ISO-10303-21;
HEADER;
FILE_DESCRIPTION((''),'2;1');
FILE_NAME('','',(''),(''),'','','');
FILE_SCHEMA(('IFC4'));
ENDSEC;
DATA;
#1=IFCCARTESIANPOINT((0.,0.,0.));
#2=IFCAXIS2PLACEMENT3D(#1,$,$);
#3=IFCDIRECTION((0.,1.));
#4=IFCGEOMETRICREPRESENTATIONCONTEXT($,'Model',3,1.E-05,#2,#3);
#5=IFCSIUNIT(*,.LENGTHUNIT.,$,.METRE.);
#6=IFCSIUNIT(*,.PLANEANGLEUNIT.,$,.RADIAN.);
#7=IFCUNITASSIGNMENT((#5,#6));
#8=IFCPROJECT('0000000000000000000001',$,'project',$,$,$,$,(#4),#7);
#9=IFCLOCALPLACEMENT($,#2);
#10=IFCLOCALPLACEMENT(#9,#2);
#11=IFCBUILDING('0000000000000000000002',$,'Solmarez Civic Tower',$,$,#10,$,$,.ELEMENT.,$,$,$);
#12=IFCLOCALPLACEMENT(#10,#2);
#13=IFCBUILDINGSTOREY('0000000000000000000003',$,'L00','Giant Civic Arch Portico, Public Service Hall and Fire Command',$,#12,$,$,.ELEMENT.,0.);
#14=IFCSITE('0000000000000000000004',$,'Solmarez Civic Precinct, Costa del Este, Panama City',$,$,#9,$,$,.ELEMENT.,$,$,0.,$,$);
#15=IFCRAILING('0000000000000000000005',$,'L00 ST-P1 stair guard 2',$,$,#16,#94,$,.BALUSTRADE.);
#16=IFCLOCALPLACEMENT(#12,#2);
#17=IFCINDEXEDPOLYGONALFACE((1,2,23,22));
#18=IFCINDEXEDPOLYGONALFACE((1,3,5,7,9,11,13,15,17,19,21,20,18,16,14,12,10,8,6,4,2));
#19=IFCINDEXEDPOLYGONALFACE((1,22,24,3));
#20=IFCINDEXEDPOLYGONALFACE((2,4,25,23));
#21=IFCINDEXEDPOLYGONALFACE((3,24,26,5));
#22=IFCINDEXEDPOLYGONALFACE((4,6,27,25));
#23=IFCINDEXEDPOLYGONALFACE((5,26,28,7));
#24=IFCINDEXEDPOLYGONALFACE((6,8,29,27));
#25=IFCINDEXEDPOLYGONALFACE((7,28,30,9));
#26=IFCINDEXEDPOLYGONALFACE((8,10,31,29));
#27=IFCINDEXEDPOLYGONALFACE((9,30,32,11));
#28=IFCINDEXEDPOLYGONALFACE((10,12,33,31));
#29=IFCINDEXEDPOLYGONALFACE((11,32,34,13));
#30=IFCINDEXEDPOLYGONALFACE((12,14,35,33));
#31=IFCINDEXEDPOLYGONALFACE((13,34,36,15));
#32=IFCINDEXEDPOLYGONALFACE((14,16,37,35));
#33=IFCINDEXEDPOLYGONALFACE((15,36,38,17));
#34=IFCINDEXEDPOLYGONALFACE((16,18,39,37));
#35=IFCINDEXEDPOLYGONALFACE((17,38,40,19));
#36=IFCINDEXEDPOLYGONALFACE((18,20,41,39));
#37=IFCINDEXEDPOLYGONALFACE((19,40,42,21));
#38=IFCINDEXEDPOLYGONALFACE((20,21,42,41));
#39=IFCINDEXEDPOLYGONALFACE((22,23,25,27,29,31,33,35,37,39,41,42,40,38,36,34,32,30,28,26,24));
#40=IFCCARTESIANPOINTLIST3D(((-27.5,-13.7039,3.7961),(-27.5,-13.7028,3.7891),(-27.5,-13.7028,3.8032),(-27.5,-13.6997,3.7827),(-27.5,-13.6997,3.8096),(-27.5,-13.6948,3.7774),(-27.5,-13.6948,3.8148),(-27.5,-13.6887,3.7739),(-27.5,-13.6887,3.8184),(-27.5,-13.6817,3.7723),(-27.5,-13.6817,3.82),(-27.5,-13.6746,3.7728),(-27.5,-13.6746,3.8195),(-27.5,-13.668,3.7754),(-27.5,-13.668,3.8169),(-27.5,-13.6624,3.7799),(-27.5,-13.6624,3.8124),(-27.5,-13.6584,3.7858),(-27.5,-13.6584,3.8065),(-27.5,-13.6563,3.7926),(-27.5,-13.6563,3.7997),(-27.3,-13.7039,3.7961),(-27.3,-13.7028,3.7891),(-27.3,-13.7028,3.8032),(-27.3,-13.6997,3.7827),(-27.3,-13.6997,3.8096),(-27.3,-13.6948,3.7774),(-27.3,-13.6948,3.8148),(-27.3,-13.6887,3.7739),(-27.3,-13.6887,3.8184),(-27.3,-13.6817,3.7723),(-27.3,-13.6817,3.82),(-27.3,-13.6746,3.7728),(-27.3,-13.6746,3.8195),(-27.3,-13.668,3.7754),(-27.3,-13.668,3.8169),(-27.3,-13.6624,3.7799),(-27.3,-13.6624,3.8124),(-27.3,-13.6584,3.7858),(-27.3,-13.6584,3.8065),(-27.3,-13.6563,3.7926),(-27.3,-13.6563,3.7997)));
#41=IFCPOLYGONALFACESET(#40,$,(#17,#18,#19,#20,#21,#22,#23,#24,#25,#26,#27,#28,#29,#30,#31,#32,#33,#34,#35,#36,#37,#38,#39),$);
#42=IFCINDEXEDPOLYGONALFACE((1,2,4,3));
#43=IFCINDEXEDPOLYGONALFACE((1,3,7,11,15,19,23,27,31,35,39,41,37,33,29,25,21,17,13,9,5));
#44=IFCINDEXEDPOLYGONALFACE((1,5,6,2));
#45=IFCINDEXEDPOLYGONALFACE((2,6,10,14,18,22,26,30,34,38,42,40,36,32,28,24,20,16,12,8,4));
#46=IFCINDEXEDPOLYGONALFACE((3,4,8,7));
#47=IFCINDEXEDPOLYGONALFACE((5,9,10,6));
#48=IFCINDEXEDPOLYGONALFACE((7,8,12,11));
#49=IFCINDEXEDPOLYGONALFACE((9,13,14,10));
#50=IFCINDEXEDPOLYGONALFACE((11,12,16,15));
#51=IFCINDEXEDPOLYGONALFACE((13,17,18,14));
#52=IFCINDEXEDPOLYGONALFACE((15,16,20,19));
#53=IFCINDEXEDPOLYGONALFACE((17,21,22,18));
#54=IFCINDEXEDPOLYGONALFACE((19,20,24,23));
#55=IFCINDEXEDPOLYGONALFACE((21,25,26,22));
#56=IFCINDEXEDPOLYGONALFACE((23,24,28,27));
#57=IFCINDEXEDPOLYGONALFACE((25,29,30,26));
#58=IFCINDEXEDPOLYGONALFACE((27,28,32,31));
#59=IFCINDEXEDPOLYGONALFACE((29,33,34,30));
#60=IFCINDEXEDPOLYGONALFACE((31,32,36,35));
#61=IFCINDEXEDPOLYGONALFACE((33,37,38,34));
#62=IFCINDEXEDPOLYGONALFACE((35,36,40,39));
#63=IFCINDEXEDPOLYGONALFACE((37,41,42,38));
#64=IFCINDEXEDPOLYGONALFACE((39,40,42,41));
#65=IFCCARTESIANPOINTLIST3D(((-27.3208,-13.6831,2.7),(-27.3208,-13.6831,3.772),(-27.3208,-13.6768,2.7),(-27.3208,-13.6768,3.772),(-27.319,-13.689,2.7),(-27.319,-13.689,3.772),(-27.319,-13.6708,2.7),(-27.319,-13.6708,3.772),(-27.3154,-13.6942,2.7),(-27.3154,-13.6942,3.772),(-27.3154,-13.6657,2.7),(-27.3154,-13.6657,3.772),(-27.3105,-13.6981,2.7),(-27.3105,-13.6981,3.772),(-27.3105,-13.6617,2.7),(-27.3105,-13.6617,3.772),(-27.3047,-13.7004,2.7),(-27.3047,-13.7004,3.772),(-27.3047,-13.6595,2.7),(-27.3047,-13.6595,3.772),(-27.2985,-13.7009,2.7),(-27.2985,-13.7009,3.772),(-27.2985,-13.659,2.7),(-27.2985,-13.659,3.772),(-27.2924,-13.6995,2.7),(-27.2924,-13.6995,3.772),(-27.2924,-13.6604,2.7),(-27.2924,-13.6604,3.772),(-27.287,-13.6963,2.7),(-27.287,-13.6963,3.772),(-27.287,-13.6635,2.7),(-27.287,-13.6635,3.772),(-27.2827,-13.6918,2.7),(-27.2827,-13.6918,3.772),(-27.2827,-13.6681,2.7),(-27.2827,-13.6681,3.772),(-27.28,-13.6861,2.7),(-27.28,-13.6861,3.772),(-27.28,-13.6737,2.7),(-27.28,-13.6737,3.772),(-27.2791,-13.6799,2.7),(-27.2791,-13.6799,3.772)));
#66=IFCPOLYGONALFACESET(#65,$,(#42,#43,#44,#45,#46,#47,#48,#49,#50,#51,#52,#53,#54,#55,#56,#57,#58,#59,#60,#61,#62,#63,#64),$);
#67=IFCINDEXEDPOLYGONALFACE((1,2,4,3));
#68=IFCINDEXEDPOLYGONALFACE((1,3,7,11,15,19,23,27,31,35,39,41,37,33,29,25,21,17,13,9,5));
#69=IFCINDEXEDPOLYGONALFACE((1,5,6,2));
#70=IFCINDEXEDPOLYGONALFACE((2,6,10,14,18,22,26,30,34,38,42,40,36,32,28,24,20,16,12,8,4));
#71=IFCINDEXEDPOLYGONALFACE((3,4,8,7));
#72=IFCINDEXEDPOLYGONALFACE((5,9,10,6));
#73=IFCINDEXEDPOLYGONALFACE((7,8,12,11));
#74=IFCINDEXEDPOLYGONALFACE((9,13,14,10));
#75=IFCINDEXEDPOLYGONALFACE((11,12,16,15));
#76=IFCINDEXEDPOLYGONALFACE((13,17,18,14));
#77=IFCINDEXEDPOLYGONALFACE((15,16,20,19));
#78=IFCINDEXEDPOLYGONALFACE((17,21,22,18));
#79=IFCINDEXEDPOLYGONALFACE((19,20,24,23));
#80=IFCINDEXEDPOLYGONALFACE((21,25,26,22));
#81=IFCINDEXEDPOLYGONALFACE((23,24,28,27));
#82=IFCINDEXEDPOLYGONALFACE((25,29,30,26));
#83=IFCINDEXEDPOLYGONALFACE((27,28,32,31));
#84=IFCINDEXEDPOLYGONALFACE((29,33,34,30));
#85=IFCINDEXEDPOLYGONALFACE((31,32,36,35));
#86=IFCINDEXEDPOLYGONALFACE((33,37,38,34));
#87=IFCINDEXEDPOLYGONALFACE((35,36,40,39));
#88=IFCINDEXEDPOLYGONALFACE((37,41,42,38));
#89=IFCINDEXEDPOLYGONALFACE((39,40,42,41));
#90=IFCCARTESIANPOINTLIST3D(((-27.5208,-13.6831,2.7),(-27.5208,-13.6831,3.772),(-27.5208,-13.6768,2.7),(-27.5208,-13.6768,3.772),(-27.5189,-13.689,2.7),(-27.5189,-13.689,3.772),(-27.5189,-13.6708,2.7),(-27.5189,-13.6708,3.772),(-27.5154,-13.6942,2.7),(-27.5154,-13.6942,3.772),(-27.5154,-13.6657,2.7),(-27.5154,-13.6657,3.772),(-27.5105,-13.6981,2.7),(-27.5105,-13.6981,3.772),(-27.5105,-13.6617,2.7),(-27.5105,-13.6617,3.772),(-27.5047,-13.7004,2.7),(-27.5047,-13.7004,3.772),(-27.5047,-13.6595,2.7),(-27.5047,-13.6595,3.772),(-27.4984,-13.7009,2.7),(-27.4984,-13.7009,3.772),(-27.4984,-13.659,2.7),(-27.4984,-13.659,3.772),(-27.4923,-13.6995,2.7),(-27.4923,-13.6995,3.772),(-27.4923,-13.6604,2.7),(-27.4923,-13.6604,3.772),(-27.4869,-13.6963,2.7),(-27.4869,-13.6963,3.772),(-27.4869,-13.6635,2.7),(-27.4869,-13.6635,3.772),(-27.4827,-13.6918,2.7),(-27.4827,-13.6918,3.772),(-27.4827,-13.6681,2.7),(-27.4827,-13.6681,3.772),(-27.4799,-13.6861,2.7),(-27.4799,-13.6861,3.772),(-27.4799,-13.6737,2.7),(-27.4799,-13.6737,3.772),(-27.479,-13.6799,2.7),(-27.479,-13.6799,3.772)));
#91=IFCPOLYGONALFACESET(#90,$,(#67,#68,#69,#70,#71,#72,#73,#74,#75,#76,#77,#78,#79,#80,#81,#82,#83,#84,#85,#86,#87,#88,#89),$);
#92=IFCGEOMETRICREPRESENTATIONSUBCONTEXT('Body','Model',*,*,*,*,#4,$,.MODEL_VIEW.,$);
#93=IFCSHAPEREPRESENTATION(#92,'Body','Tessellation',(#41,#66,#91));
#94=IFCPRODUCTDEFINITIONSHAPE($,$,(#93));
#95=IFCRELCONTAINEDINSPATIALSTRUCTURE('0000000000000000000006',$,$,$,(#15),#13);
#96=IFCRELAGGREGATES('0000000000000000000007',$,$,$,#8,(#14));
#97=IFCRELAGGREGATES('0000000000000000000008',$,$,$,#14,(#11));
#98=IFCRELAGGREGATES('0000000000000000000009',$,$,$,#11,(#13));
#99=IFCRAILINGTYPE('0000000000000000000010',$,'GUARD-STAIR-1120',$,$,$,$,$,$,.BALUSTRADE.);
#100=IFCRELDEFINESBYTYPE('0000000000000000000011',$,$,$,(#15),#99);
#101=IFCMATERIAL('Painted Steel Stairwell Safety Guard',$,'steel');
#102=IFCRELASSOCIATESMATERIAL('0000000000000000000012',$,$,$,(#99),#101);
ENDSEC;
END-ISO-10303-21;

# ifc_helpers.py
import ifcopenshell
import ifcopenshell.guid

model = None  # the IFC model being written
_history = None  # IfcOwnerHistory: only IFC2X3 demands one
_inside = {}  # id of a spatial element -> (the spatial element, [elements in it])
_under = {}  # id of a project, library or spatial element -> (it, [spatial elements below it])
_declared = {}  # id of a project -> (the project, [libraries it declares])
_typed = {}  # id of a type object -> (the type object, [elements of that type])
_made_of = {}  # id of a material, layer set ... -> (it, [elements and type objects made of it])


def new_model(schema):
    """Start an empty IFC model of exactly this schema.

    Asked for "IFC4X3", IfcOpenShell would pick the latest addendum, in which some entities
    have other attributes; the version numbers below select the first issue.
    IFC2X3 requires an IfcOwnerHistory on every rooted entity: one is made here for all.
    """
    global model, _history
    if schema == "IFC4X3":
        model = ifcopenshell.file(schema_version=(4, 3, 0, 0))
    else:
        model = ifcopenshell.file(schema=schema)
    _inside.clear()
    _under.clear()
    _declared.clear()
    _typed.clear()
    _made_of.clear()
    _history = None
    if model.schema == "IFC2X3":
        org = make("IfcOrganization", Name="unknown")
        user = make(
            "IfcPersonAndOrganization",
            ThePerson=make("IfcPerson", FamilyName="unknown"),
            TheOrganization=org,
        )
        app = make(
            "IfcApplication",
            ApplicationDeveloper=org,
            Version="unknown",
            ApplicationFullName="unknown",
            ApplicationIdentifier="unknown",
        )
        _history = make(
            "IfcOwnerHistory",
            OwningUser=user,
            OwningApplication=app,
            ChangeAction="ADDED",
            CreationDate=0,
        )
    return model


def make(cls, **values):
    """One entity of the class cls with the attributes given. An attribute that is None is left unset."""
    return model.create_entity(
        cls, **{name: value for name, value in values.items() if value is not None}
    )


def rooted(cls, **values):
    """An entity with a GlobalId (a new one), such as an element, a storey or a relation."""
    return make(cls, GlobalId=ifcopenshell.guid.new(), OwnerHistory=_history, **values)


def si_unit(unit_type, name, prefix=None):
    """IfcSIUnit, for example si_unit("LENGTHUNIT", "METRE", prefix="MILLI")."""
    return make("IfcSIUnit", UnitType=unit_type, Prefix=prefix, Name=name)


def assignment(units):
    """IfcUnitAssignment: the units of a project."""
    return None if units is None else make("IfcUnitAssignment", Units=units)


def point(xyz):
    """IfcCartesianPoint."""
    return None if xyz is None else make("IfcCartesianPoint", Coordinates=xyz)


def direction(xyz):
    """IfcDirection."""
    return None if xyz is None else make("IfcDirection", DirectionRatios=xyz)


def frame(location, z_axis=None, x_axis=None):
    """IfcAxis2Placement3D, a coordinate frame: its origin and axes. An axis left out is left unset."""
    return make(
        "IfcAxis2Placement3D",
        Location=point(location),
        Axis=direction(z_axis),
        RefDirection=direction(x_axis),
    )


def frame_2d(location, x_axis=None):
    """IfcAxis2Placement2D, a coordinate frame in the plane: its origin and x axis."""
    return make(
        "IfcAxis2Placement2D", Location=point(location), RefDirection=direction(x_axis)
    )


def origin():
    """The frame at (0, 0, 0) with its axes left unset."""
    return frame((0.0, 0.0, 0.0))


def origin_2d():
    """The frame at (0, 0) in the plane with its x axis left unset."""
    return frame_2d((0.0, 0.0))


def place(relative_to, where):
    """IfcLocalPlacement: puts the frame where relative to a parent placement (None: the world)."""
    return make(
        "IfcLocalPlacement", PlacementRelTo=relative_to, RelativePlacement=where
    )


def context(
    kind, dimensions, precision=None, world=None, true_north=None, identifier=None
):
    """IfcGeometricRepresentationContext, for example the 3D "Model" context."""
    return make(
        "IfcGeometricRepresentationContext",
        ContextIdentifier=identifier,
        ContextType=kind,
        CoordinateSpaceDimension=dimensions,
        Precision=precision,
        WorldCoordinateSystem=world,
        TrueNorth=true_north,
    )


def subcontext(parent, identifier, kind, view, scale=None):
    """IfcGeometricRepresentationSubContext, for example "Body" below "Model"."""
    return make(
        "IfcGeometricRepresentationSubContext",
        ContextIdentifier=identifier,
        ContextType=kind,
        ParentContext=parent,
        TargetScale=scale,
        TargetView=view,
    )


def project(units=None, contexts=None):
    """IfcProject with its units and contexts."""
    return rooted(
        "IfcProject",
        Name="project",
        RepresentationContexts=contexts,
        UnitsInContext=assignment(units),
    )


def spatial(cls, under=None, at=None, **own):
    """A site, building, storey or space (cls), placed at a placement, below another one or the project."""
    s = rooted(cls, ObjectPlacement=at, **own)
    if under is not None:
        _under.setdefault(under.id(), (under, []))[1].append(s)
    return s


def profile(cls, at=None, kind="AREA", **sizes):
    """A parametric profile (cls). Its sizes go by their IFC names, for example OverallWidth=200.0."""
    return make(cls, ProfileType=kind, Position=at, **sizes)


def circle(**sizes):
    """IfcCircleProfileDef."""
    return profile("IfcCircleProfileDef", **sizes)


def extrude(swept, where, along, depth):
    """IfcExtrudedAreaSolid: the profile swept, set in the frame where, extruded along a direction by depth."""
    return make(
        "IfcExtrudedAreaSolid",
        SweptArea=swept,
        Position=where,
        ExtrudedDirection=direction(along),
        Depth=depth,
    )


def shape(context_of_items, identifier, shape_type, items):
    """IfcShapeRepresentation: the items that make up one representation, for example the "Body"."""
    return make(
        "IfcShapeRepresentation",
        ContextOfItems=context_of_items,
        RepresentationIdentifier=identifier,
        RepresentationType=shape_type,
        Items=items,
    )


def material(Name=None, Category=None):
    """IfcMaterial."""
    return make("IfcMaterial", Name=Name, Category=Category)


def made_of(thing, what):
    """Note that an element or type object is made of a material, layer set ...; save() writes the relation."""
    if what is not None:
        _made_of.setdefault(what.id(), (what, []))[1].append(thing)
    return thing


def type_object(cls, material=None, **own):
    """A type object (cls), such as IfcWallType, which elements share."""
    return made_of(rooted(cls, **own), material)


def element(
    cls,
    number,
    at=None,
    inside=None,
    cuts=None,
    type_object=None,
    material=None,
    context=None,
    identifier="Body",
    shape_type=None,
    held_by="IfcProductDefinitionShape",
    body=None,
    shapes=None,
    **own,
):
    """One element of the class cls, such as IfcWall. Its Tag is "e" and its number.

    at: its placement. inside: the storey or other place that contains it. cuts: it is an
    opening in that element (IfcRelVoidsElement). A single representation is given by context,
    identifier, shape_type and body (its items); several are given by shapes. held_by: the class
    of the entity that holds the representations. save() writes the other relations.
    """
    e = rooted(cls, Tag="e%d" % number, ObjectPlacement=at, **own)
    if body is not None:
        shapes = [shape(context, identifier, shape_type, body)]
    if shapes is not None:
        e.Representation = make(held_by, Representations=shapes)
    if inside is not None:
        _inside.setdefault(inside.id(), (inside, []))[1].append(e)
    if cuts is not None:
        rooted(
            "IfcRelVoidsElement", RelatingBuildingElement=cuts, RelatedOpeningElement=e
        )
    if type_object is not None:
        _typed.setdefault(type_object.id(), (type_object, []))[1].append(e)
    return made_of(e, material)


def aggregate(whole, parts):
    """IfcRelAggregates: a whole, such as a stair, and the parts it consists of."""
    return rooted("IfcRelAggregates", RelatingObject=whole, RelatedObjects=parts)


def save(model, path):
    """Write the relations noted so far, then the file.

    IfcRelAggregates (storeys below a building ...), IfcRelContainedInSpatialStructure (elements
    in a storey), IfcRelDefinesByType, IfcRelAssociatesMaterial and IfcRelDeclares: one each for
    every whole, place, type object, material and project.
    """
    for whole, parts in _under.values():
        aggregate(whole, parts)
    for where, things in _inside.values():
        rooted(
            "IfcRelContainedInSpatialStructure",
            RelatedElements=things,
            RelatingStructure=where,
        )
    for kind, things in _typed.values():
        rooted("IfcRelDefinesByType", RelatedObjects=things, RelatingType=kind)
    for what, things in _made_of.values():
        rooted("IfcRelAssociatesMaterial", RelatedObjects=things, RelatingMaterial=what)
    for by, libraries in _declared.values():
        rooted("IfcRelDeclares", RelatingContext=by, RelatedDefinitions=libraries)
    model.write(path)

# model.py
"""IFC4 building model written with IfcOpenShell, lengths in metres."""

from ifc_helpers import new_model, si_unit, direction, frame, origin, origin_2d, place, context, subcontext, project, spatial, circle, extrude, material, type_object, element, save


model = new_model("IFC4")

# Units and contexts
model_context = context("Model", 3, precision=1e-05, world=origin(), true_north=direction((0.0, 1.0)))
body_context = subcontext(model_context, "Body", "Model", "MODEL_VIEW")
ifc_project = project(units=[si_unit("LENGTHUNIT", "METRE"), si_unit("PLANEANGLEUNIT", "RADIAN")], contexts=[model_context])

# Site, building, storey
site_placement = place(None, origin())
site = spatial("IfcSite", under=ifc_project, at=site_placement, Name="Solmarez Civic Precinct, Costa del Este, Panama City", CompositionType="ELEMENT", RefElevation=0.0)
building_placement = place(site_placement, origin())
building = spatial("IfcBuilding", under=site, at=building_placement, Name="Solmarez Civic Tower", CompositionType="ELEMENT")
storey_placement = place(building_placement, origin())
storey = spatial("IfcBuildingStorey", under=building, at=storey_placement, Name="L00", Description="Giant Civic Arch Portico, Public Service Hall and Fire Command", CompositionType="ELEMENT", Elevation=0.0)

# Railing
ifc_material_1 = material(Name="Painted Steel Stairwell Safety Guard", Category="steel")
railing_type_1 = type_object("IfcRailingType", Name="GUARD-STAIR-1120", PredefinedType="BALUSTRADE", material=ifc_material_1)
railing_1_placement = place(storey_placement, frame((-27.3, -13.6799, 2.7)))
element("IfcRailing", 1, at=railing_1_placement, inside=storey, type_object=railing_type_1, Name="L00 ST-P1 stair guard 2", PredefinedType="BALUSTRADE", context=body_context, shape_type="SweptSolid", body=[
    extrude(circle(Radius=0.0239, at=origin_2d()), frame((0.0, 0.0, 1.0962), z_axis=(-1.0, 0.0, 0.0), x_axis=(0.0, -1.0, 0.0)), (0.0, 0.0, 1.0), 0.2),
    extrude(circle(Radius=0.021, at=origin_2d()), origin(), (0.0, 0.0, 1.0), 1.072),
    extrude(circle(Radius=0.021, at=origin_2d()), frame((-0.2, 0.0, 0.0)), (0.0, 0.0, 1.0), 1.072),
])

save(model, "model.ifc")
